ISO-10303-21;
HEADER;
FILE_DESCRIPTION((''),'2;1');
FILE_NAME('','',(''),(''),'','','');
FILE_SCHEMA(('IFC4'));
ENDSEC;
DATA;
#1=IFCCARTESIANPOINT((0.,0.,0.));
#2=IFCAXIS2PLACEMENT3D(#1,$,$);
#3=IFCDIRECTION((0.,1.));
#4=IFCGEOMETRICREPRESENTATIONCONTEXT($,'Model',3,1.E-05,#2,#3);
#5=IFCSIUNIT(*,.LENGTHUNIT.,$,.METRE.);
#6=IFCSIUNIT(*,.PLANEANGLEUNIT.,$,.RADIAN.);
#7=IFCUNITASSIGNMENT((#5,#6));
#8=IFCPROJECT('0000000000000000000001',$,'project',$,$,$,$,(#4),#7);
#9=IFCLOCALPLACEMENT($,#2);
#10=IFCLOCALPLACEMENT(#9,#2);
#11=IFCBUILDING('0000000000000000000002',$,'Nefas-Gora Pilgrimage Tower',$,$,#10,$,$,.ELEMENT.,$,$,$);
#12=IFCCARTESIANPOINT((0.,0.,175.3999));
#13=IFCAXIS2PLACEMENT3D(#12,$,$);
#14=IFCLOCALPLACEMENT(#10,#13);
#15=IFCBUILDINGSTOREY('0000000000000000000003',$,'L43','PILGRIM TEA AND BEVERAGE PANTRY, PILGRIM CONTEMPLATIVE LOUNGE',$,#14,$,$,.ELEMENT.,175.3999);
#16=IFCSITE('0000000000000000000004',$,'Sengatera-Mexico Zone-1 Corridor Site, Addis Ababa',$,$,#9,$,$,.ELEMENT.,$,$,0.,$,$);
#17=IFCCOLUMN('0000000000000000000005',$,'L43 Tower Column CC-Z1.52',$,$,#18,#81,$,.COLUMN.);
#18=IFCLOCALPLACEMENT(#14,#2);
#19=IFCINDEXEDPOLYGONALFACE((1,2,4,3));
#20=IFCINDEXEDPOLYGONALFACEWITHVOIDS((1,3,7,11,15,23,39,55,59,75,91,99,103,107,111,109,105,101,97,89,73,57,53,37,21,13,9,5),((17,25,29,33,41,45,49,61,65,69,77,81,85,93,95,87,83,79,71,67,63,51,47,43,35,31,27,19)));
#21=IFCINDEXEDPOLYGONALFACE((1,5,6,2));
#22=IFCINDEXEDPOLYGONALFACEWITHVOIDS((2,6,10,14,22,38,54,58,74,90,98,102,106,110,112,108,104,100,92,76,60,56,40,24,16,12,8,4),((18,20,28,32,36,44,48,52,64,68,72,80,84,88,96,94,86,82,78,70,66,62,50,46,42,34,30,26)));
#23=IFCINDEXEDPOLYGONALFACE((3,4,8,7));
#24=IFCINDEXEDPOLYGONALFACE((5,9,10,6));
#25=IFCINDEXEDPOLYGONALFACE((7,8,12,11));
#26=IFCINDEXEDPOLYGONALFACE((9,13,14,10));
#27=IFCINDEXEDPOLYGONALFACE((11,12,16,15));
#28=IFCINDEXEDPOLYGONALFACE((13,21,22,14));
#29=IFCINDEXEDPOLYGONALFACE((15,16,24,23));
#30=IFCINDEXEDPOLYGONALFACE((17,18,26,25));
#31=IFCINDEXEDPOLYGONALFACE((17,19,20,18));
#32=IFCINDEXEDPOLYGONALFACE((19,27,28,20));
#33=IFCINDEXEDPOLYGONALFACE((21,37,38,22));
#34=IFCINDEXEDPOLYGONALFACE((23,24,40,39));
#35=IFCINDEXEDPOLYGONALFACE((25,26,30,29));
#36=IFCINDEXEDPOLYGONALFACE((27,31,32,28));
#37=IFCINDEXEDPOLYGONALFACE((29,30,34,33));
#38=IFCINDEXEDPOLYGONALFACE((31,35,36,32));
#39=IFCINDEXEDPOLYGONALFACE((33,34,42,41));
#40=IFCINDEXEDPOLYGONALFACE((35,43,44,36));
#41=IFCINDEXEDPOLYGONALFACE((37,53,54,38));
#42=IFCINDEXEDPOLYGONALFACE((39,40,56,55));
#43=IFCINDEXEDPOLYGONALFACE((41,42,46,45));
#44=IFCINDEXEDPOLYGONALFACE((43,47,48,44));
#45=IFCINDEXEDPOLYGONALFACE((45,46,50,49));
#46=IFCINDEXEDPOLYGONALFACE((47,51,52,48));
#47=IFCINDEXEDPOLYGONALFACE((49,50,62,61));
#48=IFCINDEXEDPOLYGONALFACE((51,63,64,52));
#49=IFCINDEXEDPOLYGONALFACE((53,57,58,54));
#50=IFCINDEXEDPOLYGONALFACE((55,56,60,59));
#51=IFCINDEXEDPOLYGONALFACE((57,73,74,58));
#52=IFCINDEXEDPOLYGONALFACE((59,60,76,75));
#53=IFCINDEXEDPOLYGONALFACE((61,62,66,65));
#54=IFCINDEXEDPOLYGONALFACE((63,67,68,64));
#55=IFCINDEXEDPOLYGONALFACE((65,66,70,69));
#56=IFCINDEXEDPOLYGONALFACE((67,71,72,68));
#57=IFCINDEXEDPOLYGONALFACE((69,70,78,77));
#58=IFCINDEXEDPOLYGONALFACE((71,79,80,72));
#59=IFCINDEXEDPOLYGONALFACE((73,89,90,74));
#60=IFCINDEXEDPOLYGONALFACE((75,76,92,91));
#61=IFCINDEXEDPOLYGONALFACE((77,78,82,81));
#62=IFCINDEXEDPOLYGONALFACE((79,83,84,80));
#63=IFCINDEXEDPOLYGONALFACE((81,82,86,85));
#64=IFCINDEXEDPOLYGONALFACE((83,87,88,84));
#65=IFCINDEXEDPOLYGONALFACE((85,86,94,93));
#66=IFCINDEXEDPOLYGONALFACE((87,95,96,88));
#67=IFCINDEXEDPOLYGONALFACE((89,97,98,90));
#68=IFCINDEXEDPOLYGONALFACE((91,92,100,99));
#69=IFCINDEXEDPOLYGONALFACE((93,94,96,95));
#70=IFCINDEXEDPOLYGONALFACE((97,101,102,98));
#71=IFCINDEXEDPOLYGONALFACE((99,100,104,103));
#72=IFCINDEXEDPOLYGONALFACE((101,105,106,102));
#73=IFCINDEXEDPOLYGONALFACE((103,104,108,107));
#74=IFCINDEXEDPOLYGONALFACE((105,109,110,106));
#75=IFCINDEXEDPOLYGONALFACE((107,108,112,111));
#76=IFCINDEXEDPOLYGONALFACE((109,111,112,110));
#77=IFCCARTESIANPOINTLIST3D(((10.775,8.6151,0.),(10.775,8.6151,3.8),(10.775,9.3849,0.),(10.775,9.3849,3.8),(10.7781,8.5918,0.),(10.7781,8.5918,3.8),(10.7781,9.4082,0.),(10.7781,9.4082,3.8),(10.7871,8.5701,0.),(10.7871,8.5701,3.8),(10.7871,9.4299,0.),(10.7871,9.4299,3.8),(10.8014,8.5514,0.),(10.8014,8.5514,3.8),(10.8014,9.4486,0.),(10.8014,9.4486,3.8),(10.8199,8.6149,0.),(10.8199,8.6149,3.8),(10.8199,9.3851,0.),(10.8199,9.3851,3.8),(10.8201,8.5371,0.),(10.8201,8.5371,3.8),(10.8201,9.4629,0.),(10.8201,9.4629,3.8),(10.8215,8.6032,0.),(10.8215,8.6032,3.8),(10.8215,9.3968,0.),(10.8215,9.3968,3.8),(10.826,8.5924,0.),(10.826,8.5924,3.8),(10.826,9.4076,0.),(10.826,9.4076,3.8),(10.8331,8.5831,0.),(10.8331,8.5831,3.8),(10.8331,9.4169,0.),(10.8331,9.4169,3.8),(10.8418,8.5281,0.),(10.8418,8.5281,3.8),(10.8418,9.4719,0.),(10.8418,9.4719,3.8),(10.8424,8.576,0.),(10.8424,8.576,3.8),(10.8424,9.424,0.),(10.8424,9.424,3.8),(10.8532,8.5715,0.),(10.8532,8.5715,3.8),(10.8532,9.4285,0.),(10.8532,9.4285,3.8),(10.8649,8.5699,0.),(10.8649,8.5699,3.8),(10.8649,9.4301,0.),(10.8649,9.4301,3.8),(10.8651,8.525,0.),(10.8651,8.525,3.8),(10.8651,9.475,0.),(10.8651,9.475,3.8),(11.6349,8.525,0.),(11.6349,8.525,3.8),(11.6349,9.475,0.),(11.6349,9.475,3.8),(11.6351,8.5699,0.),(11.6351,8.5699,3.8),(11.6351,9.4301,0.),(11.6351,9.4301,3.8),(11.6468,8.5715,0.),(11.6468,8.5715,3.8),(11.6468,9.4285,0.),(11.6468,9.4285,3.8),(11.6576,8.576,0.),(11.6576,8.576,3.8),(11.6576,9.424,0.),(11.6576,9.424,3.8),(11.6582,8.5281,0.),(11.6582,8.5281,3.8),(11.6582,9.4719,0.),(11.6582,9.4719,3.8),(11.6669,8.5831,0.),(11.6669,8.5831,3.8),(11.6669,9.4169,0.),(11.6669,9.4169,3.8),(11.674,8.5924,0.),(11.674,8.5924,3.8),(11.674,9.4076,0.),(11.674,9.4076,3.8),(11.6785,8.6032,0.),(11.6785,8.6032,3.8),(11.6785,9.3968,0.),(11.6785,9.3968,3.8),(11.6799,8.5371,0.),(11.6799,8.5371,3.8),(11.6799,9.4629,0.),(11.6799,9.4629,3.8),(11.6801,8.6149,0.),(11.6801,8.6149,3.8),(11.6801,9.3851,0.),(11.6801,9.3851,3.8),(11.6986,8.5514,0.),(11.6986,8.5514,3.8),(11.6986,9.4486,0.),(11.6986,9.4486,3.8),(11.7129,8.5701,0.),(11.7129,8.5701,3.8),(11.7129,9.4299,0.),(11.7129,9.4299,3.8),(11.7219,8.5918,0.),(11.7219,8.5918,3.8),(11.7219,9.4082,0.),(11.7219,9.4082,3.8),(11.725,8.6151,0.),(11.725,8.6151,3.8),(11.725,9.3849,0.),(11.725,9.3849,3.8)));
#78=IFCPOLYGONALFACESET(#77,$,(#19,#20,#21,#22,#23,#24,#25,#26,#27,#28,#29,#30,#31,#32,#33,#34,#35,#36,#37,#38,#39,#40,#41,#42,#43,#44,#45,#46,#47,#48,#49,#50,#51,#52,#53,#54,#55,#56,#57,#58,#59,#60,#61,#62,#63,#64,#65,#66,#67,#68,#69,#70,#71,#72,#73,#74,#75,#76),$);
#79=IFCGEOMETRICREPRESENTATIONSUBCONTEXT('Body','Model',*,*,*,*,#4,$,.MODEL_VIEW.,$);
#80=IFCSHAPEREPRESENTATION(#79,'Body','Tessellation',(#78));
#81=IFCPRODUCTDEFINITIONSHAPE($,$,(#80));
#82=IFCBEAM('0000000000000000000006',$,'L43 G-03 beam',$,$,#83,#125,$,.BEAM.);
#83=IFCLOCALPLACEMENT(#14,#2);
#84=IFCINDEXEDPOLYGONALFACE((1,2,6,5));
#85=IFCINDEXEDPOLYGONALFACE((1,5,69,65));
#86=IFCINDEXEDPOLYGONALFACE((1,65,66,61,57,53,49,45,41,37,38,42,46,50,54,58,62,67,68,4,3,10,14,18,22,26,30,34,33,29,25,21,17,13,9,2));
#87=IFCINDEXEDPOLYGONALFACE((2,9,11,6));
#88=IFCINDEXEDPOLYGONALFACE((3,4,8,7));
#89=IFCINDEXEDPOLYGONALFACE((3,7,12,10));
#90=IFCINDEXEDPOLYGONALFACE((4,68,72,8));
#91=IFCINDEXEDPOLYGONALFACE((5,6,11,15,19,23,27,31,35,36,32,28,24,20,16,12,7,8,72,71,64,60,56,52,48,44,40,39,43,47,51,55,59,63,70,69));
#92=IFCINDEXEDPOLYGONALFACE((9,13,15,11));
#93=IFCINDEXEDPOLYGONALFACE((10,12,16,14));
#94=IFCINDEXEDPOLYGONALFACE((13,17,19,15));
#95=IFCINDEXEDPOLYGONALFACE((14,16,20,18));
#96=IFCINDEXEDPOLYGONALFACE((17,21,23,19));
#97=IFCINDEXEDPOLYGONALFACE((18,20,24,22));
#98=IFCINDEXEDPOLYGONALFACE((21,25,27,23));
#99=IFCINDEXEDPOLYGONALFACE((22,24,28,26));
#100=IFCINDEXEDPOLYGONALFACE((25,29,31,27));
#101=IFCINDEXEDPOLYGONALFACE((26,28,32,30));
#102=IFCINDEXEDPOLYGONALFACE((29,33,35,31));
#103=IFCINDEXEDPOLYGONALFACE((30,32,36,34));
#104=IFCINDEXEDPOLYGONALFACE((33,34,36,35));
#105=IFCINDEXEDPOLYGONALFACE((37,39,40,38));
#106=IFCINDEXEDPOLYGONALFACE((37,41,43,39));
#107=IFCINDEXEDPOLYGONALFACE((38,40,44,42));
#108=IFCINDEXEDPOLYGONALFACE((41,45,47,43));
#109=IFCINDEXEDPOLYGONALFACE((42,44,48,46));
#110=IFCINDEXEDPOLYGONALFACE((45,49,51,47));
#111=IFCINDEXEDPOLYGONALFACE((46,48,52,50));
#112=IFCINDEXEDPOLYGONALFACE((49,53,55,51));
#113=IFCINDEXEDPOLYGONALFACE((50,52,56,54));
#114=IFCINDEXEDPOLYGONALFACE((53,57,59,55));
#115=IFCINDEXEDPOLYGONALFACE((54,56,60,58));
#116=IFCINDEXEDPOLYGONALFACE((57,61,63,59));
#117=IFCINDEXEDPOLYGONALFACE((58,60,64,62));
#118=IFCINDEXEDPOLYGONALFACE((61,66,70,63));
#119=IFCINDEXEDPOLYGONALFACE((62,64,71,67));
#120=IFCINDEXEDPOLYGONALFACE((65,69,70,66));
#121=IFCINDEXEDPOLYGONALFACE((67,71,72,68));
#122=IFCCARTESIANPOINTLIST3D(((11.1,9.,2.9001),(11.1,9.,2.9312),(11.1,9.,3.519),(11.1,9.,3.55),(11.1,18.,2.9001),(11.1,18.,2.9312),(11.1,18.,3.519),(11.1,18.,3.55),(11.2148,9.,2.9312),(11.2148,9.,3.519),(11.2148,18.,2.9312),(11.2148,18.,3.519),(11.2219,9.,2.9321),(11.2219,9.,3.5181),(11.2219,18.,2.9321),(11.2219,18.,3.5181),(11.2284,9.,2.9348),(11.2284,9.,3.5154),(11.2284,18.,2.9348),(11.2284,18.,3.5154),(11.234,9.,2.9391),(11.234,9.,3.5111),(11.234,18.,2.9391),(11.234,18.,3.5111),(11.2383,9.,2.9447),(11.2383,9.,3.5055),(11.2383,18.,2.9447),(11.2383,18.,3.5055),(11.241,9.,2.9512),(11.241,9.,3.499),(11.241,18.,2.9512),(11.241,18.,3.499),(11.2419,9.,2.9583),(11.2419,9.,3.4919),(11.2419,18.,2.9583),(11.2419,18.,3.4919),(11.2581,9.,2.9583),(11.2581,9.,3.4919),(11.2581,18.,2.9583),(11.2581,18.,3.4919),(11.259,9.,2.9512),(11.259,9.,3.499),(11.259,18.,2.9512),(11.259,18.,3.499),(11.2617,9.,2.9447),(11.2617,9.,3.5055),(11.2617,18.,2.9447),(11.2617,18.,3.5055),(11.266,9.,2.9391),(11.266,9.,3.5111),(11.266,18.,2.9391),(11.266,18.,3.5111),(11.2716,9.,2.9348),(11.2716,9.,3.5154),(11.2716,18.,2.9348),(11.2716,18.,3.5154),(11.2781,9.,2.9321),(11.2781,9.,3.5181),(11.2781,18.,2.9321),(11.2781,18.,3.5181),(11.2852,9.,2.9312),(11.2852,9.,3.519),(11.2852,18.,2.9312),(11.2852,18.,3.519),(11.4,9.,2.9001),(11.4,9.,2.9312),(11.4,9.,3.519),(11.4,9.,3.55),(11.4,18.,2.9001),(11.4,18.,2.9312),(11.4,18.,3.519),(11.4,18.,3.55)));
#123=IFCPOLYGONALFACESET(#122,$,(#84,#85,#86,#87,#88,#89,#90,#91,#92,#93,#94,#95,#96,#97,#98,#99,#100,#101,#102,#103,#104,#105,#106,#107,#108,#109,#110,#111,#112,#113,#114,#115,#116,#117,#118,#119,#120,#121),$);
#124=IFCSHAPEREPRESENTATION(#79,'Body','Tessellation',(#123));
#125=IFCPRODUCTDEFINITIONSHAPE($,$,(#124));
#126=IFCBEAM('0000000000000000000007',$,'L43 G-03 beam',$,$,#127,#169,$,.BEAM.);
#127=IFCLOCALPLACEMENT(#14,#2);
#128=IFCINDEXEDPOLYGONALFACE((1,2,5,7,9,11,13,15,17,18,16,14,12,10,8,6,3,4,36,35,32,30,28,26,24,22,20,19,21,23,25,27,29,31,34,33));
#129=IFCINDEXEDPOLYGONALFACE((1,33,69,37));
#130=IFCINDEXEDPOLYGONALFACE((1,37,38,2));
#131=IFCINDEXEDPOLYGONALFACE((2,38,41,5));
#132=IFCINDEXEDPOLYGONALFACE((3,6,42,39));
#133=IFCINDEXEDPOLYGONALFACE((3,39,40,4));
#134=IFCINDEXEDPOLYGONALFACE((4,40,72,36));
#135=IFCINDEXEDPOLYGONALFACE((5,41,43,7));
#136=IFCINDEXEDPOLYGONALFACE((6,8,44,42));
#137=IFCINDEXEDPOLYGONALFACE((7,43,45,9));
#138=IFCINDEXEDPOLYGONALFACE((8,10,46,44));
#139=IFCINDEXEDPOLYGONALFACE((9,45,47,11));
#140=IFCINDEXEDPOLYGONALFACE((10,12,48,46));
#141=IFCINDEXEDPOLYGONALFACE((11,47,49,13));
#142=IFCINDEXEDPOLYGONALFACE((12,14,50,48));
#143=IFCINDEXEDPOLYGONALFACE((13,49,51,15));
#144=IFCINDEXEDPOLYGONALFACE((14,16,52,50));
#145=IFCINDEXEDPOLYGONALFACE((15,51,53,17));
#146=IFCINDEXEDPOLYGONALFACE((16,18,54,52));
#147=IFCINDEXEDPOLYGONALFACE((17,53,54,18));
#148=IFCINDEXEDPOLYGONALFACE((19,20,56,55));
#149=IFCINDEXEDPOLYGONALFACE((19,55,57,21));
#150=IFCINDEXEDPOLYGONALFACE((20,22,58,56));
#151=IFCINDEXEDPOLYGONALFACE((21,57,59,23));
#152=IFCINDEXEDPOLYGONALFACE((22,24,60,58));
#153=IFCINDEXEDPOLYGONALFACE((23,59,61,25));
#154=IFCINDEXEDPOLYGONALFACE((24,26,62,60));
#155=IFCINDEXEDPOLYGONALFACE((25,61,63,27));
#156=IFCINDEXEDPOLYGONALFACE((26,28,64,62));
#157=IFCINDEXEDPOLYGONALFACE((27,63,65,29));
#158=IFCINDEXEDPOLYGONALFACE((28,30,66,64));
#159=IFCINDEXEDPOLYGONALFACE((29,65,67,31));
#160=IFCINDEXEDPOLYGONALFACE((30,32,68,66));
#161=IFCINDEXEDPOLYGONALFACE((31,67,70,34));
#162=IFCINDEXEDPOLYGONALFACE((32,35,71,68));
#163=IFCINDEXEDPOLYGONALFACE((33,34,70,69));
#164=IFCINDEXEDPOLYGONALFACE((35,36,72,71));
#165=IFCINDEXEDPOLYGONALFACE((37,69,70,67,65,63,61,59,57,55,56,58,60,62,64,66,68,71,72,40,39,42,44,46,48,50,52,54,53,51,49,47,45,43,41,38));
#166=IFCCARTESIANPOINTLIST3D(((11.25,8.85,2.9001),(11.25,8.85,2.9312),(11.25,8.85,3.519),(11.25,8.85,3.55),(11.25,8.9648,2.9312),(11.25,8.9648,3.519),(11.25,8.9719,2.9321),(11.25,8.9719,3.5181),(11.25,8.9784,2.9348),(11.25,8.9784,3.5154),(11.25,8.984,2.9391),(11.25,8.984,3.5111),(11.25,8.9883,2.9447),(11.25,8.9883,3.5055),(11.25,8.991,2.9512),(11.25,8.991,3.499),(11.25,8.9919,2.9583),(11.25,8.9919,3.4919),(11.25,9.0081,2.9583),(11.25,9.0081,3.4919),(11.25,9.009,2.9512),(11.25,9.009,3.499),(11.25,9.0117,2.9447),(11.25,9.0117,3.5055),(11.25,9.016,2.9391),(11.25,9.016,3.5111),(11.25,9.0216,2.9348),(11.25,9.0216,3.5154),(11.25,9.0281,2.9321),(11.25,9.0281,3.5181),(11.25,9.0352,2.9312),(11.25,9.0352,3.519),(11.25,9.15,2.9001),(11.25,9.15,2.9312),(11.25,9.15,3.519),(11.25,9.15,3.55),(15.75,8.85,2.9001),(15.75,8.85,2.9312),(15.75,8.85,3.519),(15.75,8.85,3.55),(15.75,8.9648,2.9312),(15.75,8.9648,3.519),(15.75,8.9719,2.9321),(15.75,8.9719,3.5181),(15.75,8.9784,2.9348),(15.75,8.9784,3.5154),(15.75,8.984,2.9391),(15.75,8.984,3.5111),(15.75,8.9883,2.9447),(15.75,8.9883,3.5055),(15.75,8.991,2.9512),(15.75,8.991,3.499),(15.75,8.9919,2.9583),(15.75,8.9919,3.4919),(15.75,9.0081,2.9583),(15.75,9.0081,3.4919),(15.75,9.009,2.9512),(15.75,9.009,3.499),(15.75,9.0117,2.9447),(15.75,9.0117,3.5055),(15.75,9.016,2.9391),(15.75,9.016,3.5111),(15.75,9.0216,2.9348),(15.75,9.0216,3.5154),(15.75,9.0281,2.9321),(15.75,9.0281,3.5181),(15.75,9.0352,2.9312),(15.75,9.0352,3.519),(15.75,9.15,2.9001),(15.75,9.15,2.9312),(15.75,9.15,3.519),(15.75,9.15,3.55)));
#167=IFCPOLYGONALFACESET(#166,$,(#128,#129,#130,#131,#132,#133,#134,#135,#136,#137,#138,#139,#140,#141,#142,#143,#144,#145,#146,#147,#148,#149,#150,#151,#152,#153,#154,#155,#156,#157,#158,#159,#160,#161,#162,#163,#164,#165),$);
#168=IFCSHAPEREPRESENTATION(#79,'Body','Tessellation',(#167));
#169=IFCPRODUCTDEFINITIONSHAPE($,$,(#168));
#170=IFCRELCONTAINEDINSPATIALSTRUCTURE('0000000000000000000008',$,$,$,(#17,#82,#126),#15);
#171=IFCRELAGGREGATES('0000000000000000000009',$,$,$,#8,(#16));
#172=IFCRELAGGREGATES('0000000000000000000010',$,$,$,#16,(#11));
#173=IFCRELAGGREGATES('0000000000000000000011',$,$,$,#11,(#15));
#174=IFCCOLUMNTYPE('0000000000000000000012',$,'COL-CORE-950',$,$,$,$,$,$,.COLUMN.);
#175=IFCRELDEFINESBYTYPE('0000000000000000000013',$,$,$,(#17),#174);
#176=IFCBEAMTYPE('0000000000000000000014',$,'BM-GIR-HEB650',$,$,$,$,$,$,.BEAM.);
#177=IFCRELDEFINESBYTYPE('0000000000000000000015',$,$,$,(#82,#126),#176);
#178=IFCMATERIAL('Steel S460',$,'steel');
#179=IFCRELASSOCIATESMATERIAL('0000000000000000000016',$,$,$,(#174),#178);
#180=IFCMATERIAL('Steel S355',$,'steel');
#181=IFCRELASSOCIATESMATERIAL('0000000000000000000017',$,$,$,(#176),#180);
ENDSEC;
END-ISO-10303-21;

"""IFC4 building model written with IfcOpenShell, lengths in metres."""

from ifc_helpers import new_model, si_unit, direction, frame, origin, origin_2d, place, context, subcontext, project, spatial, hollow_rectangle, i_section, extrude, source, transform, mapped, material, material_profile, profile_set, type_object, element, save


model = new_model("IFC4")

# Units and contexts
model_context = context("Model", 3, precision=1e-05, world=origin(), true_north=direction((0.0, 1.0)))
body_context = subcontext(model_context, "Body", "Model", "MODEL_VIEW")
ifc_project = project(units=[si_unit("LENGTHUNIT", "METRE"), si_unit("PLANEANGLEUNIT", "RADIAN")], contexts=[model_context])

# Site, building, storey
site_placement = place(None, origin())
site = spatial("IfcSite", under=ifc_project, at=site_placement, Name="Sengatera-Mexico Zone-1 Corridor Site, Addis Ababa", CompositionType="ELEMENT", RefElevation=0.0)
building_placement = place(site_placement, origin())
building = spatial("IfcBuilding", under=site, at=building_placement, Name="Nefas-Gora Pilgrimage Tower", CompositionType="ELEMENT")
storey_placement = place(building_placement, frame((0.0, 0.0, 175.3999)))
storey = spatial("IfcBuildingStorey", under=building, at=storey_placement, Name="L43", Description="PILGRIM TEA AND BEVERAGE PANTRY, PILGRIM CONTEMPLATIVE LOUNGE", CompositionType="ELEMENT", Elevation=175.3999)

# Column
ifc_material_1 = material(Name="Steel S460", Category="steel")
ifc_material_profile_1 = material_profile(ifc_material_1, hollow_rectangle(XDim=0.95, YDim=0.95, WallThickness=0.0449, InnerFilletRadius=0.0449, OuterFilletRadius=0.0901, at=origin_2d()), Name="BOX 950x950x45")
ifc_profile_set_1 = profile_set([ifc_material_profile_1], Name="Steel S460")
column_type = type_object("IfcColumnType", Name="COL-CORE-950", PredefinedType="COLUMN", material=ifc_profile_set_1)
shared_shape_1 = source(origin(), body_context, "Body", "SweptSolid", [
    extrude(hollow_rectangle(XDim=0.95, YDim=0.95, WallThickness=0.0449, InnerFilletRadius=0.0449, OuterFilletRadius=0.0901, at=origin_2d()), origin(), (0.0, 0.0, 1.0), 3.8),
])
column_placement = place(storey_placement, frame((11.25, 9.0, 0.0), z_axis=(0.0, 0.0, 1.0), x_axis=(1.0, 0.0, 0.0)))
element("IfcColumn", 1, at=column_placement, inside=storey, type_object=column_type, Name="L43 Tower Column CC-Z1.52", PredefinedType="COLUMN", context=body_context, shape_type="MappedRepresentation", body=[
    mapped(shared_shape_1, transform((0.0, 0.0, 0.0), x_axis=(1.0, 0.0, 0.0), y_axis=(0.0, 1.0, 0.0), z_axis=(0.0, 0.0, 1.0), scale=1.0)),
])

# Beams
ifc_material_2 = material(Name="Steel S355", Category="steel")
ifc_material_profile_2 = material_profile(ifc_material_2, i_section(OverallWidth=0.3, OverallDepth=0.6499, WebThickness=0.0161, FlangeThickness=0.031, FilletRadius=0.0271, at=origin_2d()), Name="HEB 650")
ifc_profile_set_2 = profile_set([ifc_material_profile_2], Name="Steel S355")
beam_type = type_object("IfcBeamType", Name="BM-GIR-HEB650", PredefinedType="BEAM", material=ifc_profile_set_2)
shared_shape_2 = source(origin(), body_context, "Body", "SweptSolid", [
    extrude(i_section(OverallWidth=0.3, OverallDepth=0.6499, WebThickness=0.0161, FlangeThickness=0.031, FilletRadius=0.0271, at=origin_2d()), origin(), (0.0, 0.0, 1.0), 9.0),
])
beam_1_placement = place(storey_placement, frame((11.25, 9.0, 3.2251), z_axis=(0.0, 1.0, 0.0), x_axis=(-1.0, 0.0, 0.0)))
element("IfcBeam", 2, at=beam_1_placement, inside=storey, type_object=beam_type, Name="L43 G-03 beam", PredefinedType="BEAM", context=body_context, shape_type="MappedRepresentation", body=[
    mapped(shared_shape_2, transform((0.0, 0.0, 0.0), x_axis=(1.0, 0.0, 0.0), y_axis=(0.0, 1.0, 0.0), z_axis=(0.0, 0.0, 1.0), scale=1.0)),
])
shared_shape_3 = source(origin(), body_context, "Body", "SweptSolid", [
    extrude(i_section(OverallWidth=0.3, OverallDepth=0.6499, WebThickness=0.0161, FlangeThickness=0.031, FilletRadius=0.0271, at=origin_2d()), origin(), (0.0, 0.0, 1.0), 4.5),
])
beam_2_placement = place(storey_placement, frame((11.25, 9.0, 3.2251), z_axis=(1.0, 0.0, 0.0), x_axis=(0.0, 1.0, 0.0)))
element("IfcBeam", 3, at=beam_2_placement, inside=storey, type_object=beam_type, Name="L43 G-03 beam", PredefinedType="BEAM", context=body_context, shape_type="MappedRepresentation", body=[
    mapped(shared_shape_3, transform((0.0, 0.0, 0.0), x_axis=(1.0, 0.0, 0.0), y_axis=(0.0, 1.0, 0.0), z_axis=(0.0, 0.0, 1.0), scale=1.0)),
])

save(model, "model.ifc")
